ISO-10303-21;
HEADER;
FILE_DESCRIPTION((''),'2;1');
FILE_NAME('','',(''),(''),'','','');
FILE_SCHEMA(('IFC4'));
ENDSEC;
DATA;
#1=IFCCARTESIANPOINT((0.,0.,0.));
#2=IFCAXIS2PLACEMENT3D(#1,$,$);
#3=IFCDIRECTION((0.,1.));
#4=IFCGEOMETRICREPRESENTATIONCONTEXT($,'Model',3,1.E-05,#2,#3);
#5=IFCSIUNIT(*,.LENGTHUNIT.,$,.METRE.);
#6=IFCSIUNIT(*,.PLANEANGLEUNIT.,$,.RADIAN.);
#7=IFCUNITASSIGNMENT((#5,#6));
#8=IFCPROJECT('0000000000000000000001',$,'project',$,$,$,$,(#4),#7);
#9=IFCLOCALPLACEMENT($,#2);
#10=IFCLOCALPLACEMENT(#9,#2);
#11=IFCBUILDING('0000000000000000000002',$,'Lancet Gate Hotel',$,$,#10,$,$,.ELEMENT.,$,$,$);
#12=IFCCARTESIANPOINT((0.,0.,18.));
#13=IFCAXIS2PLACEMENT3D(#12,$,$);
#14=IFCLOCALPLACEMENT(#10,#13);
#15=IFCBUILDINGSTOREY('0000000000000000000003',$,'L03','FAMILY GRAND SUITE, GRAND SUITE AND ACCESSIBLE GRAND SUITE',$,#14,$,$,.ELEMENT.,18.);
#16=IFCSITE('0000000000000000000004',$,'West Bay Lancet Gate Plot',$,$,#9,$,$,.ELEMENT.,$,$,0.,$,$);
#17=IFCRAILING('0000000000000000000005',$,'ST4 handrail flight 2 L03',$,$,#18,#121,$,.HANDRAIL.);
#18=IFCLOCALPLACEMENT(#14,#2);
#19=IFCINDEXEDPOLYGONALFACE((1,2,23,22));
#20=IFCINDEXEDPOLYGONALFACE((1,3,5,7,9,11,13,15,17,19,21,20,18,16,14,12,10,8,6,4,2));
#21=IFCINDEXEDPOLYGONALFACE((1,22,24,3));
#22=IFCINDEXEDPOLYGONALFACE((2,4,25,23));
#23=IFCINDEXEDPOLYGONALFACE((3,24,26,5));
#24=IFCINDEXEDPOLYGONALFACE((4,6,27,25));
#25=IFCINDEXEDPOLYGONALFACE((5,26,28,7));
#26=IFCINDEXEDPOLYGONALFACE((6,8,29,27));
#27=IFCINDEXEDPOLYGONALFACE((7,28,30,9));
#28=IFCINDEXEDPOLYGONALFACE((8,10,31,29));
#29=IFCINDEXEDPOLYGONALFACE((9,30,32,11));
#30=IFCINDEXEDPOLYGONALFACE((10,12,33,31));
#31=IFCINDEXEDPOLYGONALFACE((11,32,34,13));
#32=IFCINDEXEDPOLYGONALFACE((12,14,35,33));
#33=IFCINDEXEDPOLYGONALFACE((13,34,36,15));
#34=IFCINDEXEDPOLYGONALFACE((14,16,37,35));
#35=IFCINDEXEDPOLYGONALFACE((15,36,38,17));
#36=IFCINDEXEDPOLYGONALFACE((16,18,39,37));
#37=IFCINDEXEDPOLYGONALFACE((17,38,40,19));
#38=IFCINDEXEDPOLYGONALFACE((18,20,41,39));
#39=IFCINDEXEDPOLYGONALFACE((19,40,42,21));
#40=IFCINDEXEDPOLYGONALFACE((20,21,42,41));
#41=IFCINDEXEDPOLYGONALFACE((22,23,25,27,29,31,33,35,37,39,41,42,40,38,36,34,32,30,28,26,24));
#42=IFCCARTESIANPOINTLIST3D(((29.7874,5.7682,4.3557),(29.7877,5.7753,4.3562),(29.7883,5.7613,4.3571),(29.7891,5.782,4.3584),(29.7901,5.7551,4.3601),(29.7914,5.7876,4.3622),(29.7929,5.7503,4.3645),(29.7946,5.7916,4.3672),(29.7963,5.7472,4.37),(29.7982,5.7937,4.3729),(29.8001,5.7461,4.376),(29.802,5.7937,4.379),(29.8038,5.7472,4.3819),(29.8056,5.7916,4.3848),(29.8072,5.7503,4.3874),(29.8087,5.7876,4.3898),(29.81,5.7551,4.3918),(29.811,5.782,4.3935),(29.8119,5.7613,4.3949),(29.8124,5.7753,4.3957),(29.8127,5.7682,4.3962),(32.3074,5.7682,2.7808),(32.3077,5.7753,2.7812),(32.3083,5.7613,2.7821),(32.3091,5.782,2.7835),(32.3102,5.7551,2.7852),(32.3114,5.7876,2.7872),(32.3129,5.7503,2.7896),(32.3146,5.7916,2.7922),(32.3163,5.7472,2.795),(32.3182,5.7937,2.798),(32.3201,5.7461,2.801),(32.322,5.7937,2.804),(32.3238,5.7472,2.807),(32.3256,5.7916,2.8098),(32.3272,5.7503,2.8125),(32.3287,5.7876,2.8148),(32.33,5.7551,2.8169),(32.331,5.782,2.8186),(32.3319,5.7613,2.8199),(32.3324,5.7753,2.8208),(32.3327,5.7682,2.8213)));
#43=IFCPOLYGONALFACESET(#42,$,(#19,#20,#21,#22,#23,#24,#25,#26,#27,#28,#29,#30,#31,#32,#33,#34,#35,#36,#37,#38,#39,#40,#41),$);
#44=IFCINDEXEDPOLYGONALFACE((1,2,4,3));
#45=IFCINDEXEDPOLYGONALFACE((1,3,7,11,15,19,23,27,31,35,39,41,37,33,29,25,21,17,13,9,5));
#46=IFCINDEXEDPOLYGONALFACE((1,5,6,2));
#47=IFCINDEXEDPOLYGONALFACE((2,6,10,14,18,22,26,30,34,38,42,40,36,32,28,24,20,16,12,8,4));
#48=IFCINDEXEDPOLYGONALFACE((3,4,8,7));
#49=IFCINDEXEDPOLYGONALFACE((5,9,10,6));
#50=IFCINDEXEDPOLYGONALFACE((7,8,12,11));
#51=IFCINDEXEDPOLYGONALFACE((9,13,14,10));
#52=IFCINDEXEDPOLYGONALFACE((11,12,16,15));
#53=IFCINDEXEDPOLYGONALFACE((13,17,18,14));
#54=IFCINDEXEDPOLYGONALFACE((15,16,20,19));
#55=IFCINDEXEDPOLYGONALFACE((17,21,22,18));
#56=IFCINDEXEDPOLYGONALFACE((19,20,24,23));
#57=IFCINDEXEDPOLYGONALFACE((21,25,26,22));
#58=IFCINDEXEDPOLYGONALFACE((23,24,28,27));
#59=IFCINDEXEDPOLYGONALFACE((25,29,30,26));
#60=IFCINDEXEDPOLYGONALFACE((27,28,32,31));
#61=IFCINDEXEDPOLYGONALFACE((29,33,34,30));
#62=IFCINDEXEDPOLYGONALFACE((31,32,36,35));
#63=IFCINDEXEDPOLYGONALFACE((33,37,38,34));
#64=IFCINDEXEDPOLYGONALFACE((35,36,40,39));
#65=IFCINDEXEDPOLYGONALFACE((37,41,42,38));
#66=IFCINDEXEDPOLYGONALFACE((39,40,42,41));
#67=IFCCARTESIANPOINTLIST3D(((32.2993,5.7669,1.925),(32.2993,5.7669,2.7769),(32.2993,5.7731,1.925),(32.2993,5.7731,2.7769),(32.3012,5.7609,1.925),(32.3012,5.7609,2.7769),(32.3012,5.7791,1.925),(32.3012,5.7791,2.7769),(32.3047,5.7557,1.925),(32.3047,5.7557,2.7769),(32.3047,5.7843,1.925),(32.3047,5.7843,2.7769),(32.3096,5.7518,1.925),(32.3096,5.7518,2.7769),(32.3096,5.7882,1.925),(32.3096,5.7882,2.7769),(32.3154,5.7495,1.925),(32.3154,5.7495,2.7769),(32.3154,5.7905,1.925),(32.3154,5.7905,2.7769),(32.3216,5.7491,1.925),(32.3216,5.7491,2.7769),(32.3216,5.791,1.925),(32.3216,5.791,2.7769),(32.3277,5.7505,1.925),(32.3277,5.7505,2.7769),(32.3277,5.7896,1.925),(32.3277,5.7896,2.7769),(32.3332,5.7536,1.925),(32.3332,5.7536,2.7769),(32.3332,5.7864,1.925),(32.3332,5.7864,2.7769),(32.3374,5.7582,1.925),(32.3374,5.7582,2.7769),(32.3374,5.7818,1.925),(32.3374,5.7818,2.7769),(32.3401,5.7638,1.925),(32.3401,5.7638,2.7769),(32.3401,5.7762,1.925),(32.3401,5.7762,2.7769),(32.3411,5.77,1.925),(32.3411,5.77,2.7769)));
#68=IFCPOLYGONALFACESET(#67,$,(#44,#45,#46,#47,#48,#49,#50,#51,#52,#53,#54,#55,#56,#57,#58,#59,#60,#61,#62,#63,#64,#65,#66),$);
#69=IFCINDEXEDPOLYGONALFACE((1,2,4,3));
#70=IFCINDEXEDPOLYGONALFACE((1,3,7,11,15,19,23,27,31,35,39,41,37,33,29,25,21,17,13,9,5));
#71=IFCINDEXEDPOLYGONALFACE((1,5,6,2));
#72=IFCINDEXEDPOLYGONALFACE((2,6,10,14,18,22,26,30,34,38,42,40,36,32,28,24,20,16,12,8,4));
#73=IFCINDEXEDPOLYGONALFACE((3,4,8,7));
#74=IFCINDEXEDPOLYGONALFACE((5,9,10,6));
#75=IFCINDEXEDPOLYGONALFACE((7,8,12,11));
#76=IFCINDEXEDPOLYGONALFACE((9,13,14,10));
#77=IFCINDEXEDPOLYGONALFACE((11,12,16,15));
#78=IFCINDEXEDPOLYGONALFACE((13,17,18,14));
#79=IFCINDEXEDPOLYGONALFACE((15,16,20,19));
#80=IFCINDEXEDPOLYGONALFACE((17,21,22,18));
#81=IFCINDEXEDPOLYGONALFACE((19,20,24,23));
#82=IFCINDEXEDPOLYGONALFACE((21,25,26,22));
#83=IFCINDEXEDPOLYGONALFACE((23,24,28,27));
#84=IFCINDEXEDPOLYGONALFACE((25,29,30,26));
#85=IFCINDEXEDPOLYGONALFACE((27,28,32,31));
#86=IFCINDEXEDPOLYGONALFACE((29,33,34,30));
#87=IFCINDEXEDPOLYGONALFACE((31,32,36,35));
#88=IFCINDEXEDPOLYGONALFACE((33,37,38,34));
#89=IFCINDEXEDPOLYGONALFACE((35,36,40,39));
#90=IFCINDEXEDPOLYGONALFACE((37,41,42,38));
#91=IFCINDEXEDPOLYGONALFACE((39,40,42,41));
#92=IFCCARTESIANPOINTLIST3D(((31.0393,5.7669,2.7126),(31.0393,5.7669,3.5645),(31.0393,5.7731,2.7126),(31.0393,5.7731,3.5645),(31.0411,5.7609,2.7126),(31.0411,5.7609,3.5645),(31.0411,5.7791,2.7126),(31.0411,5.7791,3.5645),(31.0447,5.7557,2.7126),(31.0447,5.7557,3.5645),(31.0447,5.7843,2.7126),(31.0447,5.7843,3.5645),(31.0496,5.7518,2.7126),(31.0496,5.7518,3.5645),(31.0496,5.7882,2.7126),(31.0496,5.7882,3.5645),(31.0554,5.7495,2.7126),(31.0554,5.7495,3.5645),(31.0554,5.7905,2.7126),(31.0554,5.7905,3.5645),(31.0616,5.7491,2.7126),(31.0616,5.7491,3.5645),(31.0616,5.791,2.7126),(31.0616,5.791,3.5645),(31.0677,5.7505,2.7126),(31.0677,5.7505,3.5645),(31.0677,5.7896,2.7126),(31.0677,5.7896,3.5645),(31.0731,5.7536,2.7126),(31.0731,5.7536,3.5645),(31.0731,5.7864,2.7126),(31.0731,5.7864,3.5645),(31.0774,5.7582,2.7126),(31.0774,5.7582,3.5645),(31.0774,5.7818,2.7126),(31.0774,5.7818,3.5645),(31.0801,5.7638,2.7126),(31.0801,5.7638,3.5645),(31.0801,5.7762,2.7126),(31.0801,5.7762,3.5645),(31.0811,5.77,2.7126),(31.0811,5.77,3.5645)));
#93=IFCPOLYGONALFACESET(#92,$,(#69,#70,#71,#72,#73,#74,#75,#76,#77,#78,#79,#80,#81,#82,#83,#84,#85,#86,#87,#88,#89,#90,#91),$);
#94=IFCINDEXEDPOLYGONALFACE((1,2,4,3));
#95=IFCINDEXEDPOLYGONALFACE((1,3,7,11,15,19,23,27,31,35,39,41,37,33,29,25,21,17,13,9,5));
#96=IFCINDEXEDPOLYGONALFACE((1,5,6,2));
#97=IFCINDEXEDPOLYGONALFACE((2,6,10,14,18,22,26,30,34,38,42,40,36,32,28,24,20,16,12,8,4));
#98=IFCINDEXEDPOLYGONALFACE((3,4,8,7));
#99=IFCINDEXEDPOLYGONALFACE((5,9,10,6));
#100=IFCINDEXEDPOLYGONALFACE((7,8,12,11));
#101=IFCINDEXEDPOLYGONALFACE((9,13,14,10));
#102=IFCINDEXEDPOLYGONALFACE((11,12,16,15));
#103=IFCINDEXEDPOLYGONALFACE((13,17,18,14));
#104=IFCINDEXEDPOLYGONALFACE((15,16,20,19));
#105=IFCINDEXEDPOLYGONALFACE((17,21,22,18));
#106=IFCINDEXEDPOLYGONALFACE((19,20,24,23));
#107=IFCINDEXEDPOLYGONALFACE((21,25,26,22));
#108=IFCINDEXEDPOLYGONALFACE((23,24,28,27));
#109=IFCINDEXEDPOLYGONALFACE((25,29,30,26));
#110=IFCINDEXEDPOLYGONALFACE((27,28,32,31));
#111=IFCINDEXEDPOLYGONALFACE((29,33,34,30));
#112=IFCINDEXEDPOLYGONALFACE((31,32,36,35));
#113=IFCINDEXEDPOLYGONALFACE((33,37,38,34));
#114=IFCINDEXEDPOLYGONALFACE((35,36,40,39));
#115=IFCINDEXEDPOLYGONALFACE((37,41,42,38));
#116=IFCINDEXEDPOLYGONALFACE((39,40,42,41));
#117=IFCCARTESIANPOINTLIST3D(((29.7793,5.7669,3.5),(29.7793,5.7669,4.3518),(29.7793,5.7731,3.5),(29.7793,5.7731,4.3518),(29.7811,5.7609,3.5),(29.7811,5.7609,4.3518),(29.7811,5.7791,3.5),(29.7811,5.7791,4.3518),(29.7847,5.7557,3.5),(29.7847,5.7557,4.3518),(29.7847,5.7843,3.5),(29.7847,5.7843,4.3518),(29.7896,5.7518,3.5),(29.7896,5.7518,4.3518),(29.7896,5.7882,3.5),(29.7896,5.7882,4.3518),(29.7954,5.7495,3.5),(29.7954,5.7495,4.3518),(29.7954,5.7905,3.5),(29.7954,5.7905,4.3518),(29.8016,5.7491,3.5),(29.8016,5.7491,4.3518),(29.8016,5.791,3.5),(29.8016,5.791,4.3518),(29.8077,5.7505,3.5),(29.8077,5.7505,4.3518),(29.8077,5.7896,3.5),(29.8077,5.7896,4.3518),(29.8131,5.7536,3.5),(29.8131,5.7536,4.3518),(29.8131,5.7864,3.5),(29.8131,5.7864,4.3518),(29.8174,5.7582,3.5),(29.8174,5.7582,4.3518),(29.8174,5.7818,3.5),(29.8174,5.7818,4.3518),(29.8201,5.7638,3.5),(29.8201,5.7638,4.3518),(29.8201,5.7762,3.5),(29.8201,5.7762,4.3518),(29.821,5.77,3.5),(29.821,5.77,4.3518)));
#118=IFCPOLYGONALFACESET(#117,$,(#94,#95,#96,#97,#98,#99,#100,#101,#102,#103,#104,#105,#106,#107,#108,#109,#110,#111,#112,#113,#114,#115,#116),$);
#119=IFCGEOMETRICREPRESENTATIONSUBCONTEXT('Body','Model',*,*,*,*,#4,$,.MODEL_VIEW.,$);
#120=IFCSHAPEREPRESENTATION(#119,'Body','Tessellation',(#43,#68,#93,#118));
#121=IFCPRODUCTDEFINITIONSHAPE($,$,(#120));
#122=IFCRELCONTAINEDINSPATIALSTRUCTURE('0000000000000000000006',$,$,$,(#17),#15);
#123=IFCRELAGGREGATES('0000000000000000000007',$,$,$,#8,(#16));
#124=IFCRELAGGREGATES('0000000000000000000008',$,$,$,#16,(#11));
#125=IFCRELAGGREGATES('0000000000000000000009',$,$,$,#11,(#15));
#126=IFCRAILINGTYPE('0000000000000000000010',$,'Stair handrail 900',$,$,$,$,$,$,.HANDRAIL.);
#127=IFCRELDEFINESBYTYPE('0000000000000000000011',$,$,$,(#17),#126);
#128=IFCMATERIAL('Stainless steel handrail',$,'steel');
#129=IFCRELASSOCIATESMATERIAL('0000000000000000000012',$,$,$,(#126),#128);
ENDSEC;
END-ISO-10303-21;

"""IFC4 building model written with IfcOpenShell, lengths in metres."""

from ifc_helpers import new_model, si_unit, direction, frame, origin, origin_2d, place, context, subcontext, project, spatial, circle, extrude, material, type_object, element, save


model = new_model("IFC4")

# Units and contexts
model_context = context("Model", 3, precision=1e-05, world=origin(), true_north=direction((0.0, 1.0)))
body_context = subcontext(model_context, "Body", "Model", "MODEL_VIEW")
ifc_project = project(units=[si_unit("LENGTHUNIT", "METRE"), si_unit("PLANEANGLEUNIT", "RADIAN")], contexts=[model_context])

# Site, building, storey
site_placement = place(None, origin())
site = spatial("IfcSite", under=ifc_project, at=site_placement, Name="West Bay Lancet Gate Plot", CompositionType="ELEMENT", RefElevation=0.0)
building_placement = place(site_placement, origin())
building = spatial("IfcBuilding", under=site, at=building_placement, Name="Lancet Gate Hotel", CompositionType="ELEMENT")
storey_placement = place(building_placement, frame((0.0, 0.0, 18.0)))
storey = spatial("IfcBuildingStorey", under=building, at=storey_placement, Name="L03", Description="FAMILY GRAND SUITE, GRAND SUITE AND ACCESSIBLE GRAND SUITE", CompositionType="ELEMENT", Elevation=18.0)

# Railing
ifc_material_1 = material(Name="Stainless steel handrail", Category="steel")
railing_type = type_object("IfcRailingType", Name="Stair handrail 900", PredefinedType="HANDRAIL", material=ifc_material_1)
railing_1_placement = place(storey_placement, frame((32.3201, 5.77, 1.925)))
element("IfcRailing", 1, at=railing_1_placement, inside=storey, type_object=railing_type, Name="ST4 handrail flight 2 L03", PredefinedType="HANDRAIL", context=body_context, shape_type="SweptSolid", body=[
    extrude(circle(Radius=0.0239, at=origin_2d()), frame((0.0, 0.0, 0.876), z_axis=(-0.848008, 0.0, 0.529984), x_axis=(0.0, -1.0, 0.0)), (0.0, 0.0, 1.0), 2.9717),
    extrude(circle(Radius=0.021, at=origin_2d()), origin(), (0.0, 0.0, 1.0), 0.8518),
    extrude(circle(Radius=0.021, at=origin_2d()), frame((-1.26, 0.0, 0.7876)), (0.0, 0.0, 1.0), 0.8518),
    extrude(circle(Radius=0.021, at=origin_2d()), frame((-2.52, 0.0, 1.575)), (0.0, 0.0, 1.0), 0.8518),
])

save(model, "model.ifc")
